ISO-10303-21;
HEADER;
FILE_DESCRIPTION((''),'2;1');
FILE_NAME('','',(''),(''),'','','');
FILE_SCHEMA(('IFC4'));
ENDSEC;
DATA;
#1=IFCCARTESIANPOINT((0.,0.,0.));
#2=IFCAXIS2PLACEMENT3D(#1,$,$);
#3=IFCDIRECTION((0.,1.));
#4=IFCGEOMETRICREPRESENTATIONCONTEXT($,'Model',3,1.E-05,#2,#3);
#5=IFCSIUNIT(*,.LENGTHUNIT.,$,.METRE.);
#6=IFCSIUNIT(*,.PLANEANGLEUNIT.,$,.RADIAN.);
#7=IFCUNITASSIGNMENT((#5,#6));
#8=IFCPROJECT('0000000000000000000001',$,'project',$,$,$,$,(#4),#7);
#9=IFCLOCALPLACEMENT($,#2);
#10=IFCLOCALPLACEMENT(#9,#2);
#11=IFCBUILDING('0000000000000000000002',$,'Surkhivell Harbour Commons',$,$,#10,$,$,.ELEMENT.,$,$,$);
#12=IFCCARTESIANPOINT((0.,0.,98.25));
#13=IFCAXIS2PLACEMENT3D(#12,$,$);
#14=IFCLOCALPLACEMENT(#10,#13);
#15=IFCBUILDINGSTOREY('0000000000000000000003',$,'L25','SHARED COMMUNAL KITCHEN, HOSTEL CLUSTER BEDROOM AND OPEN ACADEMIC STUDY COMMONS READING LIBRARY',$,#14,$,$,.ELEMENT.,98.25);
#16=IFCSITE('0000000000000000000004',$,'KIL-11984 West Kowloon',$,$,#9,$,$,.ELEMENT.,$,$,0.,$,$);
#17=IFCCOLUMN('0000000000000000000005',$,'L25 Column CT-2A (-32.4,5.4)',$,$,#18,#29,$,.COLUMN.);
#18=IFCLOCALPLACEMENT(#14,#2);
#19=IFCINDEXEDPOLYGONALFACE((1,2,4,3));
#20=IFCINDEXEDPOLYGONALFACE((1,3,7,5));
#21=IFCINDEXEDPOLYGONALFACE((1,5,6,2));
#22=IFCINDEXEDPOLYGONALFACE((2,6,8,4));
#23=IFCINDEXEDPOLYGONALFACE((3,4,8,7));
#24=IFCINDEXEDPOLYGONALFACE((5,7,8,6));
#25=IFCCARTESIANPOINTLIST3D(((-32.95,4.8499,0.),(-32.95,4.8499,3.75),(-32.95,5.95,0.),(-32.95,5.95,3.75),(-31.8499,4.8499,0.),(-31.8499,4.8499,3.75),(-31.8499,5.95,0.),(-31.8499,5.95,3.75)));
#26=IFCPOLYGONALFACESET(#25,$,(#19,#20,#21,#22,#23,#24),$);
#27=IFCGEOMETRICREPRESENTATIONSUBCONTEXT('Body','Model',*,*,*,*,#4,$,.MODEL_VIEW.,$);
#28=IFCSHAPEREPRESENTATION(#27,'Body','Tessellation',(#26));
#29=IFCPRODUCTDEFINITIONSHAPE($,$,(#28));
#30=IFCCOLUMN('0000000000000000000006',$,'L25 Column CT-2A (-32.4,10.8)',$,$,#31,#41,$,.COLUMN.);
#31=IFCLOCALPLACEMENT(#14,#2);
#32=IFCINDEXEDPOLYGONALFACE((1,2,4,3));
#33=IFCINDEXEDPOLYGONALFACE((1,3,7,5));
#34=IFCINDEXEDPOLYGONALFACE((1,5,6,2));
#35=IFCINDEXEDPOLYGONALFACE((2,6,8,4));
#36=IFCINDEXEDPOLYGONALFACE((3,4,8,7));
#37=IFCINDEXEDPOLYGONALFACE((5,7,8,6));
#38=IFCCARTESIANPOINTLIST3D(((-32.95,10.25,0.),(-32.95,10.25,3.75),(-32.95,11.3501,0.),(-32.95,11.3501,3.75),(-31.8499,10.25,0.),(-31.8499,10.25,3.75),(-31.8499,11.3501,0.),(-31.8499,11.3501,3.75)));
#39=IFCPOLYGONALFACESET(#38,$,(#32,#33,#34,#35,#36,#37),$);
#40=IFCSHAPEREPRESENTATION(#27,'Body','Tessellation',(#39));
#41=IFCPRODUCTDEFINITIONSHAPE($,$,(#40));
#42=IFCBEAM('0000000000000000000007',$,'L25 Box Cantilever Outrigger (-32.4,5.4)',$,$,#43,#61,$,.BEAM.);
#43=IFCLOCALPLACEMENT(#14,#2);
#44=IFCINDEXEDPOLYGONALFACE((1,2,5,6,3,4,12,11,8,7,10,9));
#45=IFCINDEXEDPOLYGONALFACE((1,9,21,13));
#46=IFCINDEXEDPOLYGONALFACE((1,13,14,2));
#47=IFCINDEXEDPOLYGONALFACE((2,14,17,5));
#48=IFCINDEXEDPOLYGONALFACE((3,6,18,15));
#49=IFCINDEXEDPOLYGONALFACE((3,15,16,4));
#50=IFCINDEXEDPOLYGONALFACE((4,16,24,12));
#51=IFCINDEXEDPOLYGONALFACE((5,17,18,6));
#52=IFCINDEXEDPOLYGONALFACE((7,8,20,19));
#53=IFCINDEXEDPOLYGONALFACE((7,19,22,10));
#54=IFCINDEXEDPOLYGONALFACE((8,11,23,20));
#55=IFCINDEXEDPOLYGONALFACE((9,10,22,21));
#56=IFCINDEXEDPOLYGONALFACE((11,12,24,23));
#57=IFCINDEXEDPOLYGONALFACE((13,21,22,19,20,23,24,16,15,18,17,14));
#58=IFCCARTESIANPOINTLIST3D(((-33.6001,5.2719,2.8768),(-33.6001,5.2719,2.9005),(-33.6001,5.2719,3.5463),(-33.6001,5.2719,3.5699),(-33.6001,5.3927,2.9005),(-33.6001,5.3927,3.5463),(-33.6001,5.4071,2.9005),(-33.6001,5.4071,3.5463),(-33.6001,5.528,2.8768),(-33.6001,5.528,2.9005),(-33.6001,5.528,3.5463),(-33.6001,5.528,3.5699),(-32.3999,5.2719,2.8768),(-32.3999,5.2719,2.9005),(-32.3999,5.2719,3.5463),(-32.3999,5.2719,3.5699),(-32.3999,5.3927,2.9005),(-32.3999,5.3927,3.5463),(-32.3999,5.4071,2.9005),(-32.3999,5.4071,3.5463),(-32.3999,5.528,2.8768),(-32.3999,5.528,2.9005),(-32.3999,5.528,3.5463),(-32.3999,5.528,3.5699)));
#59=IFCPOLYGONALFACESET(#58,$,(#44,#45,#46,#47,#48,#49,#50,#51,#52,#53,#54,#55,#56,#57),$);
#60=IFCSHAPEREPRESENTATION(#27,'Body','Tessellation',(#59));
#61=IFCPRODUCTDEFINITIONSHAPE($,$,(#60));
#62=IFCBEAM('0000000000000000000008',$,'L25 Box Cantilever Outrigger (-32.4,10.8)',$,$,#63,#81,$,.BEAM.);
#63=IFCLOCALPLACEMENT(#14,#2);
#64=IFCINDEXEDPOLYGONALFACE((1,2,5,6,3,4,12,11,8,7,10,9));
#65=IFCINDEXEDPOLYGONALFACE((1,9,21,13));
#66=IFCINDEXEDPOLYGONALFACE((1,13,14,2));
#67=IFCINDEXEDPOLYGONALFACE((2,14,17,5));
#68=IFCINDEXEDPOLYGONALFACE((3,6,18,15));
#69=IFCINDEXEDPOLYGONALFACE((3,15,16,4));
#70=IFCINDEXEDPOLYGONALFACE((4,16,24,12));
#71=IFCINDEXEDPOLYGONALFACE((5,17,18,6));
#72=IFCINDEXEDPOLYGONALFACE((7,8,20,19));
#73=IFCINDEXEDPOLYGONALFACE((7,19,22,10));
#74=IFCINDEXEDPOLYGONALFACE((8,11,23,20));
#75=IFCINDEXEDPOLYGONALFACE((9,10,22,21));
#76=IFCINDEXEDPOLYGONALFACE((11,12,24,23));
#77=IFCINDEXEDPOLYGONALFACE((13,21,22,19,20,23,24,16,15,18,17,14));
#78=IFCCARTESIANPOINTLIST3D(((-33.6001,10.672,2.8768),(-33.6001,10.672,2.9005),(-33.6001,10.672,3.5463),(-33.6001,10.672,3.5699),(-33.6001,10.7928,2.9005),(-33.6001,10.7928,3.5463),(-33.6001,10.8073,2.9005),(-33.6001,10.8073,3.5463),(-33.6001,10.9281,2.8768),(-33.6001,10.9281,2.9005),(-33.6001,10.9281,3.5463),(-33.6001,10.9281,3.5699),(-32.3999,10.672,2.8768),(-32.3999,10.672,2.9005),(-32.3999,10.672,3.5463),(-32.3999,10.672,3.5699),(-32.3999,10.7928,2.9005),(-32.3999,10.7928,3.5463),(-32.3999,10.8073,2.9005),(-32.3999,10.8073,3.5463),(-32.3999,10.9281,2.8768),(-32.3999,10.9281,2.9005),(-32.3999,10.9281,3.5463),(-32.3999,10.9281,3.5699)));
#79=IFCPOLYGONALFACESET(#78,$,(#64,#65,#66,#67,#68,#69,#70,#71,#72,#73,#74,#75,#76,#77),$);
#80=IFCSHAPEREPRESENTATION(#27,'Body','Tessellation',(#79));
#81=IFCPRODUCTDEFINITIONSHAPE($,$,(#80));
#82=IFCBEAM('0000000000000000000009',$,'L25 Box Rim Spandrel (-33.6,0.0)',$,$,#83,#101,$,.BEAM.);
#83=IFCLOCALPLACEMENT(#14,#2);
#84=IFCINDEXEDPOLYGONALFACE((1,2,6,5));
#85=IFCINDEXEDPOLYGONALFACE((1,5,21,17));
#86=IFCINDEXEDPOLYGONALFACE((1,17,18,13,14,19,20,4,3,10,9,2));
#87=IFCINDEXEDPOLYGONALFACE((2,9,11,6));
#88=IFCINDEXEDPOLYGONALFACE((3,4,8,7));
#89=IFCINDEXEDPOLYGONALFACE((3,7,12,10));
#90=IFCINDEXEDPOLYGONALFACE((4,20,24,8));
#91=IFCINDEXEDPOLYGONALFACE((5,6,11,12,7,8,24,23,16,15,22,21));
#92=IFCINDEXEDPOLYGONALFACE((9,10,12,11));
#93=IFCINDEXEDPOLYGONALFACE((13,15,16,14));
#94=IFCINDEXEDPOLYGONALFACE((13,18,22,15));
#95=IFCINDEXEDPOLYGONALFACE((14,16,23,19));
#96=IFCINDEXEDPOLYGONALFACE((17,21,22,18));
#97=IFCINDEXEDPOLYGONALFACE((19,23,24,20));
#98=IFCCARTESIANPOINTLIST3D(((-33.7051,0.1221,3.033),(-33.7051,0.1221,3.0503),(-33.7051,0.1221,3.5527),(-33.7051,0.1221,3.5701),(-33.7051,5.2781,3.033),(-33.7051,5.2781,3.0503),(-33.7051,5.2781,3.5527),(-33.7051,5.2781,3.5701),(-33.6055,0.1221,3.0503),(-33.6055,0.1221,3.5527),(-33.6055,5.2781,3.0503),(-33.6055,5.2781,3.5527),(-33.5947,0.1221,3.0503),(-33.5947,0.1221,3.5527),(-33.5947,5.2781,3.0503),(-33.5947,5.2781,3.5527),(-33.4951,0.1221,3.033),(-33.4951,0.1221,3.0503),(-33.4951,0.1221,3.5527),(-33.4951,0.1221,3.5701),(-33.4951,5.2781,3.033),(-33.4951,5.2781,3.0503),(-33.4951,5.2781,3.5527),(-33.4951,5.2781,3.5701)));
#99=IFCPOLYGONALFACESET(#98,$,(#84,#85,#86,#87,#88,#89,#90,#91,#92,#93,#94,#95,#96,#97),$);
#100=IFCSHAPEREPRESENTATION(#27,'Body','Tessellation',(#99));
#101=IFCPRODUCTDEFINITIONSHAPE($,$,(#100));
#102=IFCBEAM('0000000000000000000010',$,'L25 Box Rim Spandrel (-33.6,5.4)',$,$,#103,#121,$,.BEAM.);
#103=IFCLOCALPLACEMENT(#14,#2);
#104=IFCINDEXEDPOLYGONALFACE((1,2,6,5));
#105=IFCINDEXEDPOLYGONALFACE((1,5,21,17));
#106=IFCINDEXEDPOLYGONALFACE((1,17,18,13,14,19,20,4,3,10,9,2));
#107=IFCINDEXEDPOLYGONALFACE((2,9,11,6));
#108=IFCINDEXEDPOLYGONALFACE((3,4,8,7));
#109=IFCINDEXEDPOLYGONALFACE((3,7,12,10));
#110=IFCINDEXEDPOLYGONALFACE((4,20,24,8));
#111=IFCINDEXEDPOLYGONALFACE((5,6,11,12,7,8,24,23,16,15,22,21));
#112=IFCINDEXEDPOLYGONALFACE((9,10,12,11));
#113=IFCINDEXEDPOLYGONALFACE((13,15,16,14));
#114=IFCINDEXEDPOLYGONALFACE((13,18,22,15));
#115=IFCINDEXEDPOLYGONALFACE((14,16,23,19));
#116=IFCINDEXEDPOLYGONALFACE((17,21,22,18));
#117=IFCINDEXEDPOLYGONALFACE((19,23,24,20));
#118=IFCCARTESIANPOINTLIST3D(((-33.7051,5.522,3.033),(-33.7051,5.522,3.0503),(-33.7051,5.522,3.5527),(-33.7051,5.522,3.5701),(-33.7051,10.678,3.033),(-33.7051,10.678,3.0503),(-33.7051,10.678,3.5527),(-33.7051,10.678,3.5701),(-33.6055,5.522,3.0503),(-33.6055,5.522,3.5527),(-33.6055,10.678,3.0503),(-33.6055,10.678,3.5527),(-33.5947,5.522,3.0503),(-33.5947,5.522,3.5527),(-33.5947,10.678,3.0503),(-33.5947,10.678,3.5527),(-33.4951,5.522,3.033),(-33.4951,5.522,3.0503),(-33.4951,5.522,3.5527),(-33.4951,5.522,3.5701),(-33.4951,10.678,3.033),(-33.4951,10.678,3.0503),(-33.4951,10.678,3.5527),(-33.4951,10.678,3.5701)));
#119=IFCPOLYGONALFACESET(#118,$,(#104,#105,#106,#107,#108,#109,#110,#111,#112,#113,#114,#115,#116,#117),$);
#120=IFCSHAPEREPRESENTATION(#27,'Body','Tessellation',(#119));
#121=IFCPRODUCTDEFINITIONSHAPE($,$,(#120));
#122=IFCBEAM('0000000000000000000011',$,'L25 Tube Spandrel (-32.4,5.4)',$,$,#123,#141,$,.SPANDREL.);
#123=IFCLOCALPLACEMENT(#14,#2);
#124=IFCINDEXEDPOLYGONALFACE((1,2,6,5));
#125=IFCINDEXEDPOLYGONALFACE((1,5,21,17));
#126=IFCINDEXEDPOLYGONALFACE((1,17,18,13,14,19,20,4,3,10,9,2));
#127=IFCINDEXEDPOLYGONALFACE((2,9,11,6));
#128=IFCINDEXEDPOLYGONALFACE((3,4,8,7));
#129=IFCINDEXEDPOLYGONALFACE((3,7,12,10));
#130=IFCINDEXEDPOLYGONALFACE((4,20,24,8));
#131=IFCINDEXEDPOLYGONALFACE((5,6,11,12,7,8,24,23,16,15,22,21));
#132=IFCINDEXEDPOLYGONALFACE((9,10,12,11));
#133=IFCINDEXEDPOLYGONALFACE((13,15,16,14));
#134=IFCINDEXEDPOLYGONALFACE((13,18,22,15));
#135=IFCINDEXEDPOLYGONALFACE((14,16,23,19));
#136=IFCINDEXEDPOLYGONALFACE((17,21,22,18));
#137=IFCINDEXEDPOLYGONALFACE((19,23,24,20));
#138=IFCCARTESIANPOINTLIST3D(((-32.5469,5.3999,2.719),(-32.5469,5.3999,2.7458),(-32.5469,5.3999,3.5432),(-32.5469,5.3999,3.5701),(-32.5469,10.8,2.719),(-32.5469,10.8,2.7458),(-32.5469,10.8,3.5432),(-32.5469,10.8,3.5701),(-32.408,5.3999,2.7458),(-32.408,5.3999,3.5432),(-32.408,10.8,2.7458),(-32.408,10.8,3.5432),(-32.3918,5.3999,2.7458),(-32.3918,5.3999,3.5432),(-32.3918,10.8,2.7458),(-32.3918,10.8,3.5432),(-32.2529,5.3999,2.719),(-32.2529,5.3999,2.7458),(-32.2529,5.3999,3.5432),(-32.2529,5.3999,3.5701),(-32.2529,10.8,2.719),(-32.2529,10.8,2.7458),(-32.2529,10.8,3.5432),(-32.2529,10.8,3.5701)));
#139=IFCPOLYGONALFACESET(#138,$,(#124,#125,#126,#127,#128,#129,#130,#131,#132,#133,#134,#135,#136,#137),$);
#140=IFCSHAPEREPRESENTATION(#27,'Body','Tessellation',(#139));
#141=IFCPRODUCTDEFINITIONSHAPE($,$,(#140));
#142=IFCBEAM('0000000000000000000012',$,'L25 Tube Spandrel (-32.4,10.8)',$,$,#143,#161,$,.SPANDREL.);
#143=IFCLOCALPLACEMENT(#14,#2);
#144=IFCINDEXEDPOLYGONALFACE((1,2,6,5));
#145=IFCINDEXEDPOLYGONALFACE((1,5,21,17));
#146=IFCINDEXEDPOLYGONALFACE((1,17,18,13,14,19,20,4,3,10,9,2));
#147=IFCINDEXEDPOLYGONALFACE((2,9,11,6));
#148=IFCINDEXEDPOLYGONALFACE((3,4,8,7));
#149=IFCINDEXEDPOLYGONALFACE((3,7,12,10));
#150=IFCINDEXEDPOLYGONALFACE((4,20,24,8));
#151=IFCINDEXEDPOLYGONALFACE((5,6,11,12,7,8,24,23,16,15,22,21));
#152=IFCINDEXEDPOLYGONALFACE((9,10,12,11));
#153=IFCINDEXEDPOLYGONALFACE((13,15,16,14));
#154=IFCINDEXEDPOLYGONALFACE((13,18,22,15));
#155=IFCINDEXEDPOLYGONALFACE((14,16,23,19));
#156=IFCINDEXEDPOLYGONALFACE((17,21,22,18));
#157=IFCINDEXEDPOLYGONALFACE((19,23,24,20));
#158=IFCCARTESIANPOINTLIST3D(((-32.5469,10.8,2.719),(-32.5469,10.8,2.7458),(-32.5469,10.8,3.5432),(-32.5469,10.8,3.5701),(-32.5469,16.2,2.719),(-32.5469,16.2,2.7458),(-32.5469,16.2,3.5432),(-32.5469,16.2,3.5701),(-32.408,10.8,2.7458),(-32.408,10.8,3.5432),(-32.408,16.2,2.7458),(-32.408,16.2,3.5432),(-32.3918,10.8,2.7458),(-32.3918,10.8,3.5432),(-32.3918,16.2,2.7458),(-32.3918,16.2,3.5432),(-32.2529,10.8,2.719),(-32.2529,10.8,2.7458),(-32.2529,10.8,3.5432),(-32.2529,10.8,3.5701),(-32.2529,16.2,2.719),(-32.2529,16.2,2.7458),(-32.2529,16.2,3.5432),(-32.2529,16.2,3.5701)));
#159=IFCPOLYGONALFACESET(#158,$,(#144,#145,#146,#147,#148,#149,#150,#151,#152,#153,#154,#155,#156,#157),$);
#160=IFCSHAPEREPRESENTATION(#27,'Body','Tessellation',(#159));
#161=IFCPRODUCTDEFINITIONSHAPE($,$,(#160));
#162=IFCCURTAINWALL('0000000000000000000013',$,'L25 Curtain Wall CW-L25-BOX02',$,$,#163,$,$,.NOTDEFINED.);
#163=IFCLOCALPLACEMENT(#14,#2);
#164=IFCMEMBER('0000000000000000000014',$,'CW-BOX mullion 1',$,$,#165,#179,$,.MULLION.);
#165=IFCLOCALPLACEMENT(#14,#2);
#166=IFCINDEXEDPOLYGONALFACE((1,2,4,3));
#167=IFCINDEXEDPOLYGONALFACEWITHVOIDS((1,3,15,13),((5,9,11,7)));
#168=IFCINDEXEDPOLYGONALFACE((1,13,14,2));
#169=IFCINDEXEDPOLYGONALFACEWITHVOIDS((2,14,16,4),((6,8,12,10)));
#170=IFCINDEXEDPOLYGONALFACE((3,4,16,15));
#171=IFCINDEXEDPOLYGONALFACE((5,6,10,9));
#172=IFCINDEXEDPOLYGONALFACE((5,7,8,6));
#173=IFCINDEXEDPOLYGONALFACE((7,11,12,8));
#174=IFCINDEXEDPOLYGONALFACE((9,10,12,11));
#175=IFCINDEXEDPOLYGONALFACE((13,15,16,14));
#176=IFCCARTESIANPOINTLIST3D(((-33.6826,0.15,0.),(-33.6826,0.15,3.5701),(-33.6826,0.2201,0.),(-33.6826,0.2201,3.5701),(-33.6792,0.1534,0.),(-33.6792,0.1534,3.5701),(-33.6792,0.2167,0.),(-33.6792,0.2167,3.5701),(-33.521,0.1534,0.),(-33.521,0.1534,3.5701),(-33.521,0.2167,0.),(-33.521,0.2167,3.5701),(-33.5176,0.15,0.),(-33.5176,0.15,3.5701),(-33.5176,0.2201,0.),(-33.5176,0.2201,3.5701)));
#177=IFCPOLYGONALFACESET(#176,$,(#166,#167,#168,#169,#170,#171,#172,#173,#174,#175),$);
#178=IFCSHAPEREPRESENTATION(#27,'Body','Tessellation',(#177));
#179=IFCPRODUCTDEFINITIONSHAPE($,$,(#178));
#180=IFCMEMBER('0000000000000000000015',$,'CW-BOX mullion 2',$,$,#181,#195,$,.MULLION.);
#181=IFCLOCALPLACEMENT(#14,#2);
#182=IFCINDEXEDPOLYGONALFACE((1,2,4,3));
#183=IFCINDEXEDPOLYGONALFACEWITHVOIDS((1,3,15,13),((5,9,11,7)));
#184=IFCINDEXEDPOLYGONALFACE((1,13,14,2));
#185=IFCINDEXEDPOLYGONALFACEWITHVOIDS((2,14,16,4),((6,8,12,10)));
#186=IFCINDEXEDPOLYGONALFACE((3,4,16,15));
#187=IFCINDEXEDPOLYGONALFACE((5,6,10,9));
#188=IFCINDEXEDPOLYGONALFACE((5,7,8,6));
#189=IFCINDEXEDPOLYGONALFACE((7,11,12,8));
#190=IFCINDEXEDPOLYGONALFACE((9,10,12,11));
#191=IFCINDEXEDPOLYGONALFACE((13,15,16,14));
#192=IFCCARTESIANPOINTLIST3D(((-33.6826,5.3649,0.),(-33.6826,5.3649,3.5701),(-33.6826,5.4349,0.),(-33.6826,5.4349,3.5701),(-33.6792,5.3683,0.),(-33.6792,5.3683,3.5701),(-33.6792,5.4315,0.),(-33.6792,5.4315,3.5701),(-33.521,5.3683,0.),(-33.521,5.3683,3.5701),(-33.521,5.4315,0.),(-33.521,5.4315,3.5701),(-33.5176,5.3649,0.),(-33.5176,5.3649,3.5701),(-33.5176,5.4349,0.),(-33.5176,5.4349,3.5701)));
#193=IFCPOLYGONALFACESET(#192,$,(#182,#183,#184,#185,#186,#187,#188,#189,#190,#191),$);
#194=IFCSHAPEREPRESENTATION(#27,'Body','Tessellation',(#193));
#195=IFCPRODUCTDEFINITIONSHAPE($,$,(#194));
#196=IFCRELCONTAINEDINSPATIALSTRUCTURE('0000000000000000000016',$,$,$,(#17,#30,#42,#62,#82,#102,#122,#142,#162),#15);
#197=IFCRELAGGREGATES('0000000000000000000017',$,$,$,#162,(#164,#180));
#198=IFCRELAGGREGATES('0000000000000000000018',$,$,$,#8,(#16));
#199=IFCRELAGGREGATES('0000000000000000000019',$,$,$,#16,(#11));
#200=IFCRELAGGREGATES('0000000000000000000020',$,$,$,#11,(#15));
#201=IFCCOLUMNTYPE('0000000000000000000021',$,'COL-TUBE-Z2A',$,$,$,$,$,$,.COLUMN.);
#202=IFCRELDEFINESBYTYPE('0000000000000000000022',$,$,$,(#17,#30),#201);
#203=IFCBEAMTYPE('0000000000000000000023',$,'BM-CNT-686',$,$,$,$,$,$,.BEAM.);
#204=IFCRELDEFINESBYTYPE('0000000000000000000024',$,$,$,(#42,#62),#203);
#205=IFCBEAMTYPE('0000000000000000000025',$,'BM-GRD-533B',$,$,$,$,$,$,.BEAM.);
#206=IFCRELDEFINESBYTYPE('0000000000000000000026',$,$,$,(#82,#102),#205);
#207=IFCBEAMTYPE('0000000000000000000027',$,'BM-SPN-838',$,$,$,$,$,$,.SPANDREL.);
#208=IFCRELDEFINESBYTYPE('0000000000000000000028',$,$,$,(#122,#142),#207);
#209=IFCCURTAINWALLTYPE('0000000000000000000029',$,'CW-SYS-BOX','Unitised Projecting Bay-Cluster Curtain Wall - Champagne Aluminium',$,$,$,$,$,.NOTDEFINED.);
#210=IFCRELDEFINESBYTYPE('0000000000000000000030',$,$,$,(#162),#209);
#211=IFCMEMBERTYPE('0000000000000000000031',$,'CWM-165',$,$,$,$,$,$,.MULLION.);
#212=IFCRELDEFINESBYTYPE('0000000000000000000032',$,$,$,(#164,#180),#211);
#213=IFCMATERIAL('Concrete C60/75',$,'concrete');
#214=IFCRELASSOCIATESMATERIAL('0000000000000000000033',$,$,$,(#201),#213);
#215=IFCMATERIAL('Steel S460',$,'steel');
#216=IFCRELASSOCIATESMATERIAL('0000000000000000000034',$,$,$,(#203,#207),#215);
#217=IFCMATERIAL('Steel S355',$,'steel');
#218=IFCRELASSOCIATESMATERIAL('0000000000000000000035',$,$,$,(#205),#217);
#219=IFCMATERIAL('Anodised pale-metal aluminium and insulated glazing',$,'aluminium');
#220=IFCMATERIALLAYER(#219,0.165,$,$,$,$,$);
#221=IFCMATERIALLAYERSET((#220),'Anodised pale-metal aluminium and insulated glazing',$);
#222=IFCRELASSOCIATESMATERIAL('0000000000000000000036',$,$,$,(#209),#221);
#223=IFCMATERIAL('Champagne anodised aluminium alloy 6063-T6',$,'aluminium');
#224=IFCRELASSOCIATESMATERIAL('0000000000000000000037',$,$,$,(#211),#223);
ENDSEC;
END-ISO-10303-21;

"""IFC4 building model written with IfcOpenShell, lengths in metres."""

from ifc_helpers import new_model, si_unit, direction, frame, origin, origin_2d, place, context, subcontext, project, spatial, rectangle, hollow_rectangle, i_section, extrude, material, layer, layer_set, material_profile, profile_set, type_object, element, aggregate, save


model = new_model("IFC4")

# Units and contexts
model_context = context("Model", 3, precision=1e-05, world=origin(), true_north=direction((0.0, 1.0)))
body_context = subcontext(model_context, "Body", "Model", "MODEL_VIEW")
ifc_project = project(units=[si_unit("LENGTHUNIT", "METRE"), si_unit("PLANEANGLEUNIT", "RADIAN")], contexts=[model_context])

# Site, building, storey
site_placement = place(None, origin())
site = spatial("IfcSite", under=ifc_project, at=site_placement, Name="KIL-11984 West Kowloon", CompositionType="ELEMENT", RefElevation=0.0)
building_placement = place(site_placement, origin())
building = spatial("IfcBuilding", under=site, at=building_placement, Name="Surkhivell Harbour Commons", CompositionType="ELEMENT")
storey_placement = place(building_placement, frame((0.0, 0.0, 98.25)))
storey = spatial("IfcBuildingStorey", under=building, at=storey_placement, Name="L25", Description="SHARED COMMUNAL KITCHEN, HOSTEL CLUSTER BEDROOM AND OPEN ACADEMIC STUDY COMMONS READING LIBRARY", CompositionType="ELEMENT", Elevation=98.25)

# Columns
ifc_material_1 = material(Name="Concrete C60/75", Category="concrete")
ifc_material_profile_1 = material_profile(ifc_material_1, rectangle(XDim=1.1001, YDim=1.1001, at=origin_2d()), Name="RC-COL-1100x1100")
ifc_profile_set_1 = profile_set([ifc_material_profile_1], Name="Concrete C60/75")
column_type = type_object("IfcColumnType", Name="COL-TUBE-Z2A", PredefinedType="COLUMN", material=ifc_profile_set_1)
for number, where, z_axis, x_axis, name in (
    (1, (-32.3999, 5.3999, 0.0), (0.0, 0.0, 1.0), (1.0, 0.0, 0.0), "L25 Column CT-2A (-32.4,5.4)"),
    (2, (-32.3999, 10.8, 0.0), (0.0, 0.0, 1.0), (1.0, 0.0, 0.0), "L25 Column CT-2A (-32.4,10.8)"),
):
    element("IfcColumn", number, at=place(storey_placement, frame(where, z_axis=z_axis, x_axis=x_axis)), inside=storey, type_object=column_type, Name=name, PredefinedType="COLUMN", context=body_context, shape_type="SweptSolid", body=[
        extrude(rectangle(XDim=1.1001, YDim=1.1001, at=origin_2d()), origin(), (0.0, 0.0, 1.0), 3.75),
    ])

# Beams
ifc_material_2 = material(Name="Steel S460", Category="steel")
ifc_material_profile_2 = material_profile(ifc_material_2, i_section(OverallWidth=0.2561, OverallDepth=0.6931, WebThickness=0.0144, FlangeThickness=0.0237, at=origin_2d()), Name="UB686x254x170")
ifc_profile_set_2 = profile_set([ifc_material_profile_2], Name="Steel S460")
beam_type_1 = type_object("IfcBeamType", Name="BM-CNT-686", PredefinedType="BEAM", material=ifc_profile_set_2)
for number, where, z_axis, x_axis, name in (
    (3, (-32.3999, 5.3999, 3.2234), (-1.0, 0.0, 0.0), (0.0, -1.0, 0.0), "L25 Box Cantilever Outrigger (-32.4,5.4)"),
    (4, (-32.3999, 10.8, 3.2234), (-1.0, 0.0, 0.0), (0.0, -1.0, 0.0), "L25 Box Cantilever Outrigger (-32.4,10.8)"),
):
    element("IfcBeam", number, at=place(storey_placement, frame(where, z_axis=z_axis, x_axis=x_axis)), inside=storey, type_object=beam_type_1, Name=name, PredefinedType="BEAM", context=body_context, shape_type="SweptSolid", body=[
        extrude(i_section(OverallWidth=0.2561, OverallDepth=0.6931, WebThickness=0.0144, FlangeThickness=0.0237, at=origin_2d()), origin(), (0.0, 0.0, 1.0), 1.2002),
    ])
ifc_material_3 = material(Name="Steel S355", Category="steel")
ifc_material_profile_3 = material_profile(ifc_material_3, i_section(OverallWidth=0.21, OverallDepth=0.5371, WebThickness=0.0107, FlangeThickness=0.0173, at=origin_2d()), Name="UB533x210x101")
ifc_profile_set_3 = profile_set([ifc_material_profile_3], Name="Steel S355")
beam_type_2 = type_object("IfcBeamType", Name="BM-GRD-533B", PredefinedType="BEAM", material=ifc_profile_set_3)
for number, where, z_axis, x_axis, name in (
    (5, (-33.6001, 0.1221, 3.3015), (0.0, 1.0, 0.0), (-1.0, 0.0, 0.0), "L25 Box Rim Spandrel (-33.6,0.0)"),
    (6, (-33.6001, 5.522, 3.3015), (0.0, 1.0, 0.0), (-1.0, 0.0, 0.0), "L25 Box Rim Spandrel (-33.6,5.4)"),
):
    element("IfcBeam", number, at=place(storey_placement, frame(where, z_axis=z_axis, x_axis=x_axis)), inside=storey, type_object=beam_type_2, Name=name, PredefinedType="BEAM", context=body_context, shape_type="SweptSolid", body=[
        extrude(i_section(OverallWidth=0.21, OverallDepth=0.5371, WebThickness=0.0107, FlangeThickness=0.0173, at=origin_2d()), origin(), (0.0, 0.0, 1.0), 5.156),
    ])
ifc_material_profile_4 = material_profile(ifc_material_2, i_section(OverallWidth=0.2939, OverallDepth=0.8511, WebThickness=0.0161, FlangeThickness=0.0269, at=origin_2d()), Name="UB838x292x226")
ifc_profile_set_4 = profile_set([ifc_material_profile_4], Name="Steel S460")
beam_type_3 = type_object("IfcBeamType", Name="BM-SPN-838", PredefinedType="SPANDREL", material=ifc_profile_set_4)
beam_1_placement = place(storey_placement, frame((-32.3999, 5.3999, 3.1445), z_axis=(0.0, 1.0, 0.0), x_axis=(-1.0, 0.0, 0.0)))
element("IfcBeam", 7, at=beam_1_placement, inside=storey, type_object=beam_type_3, Name="L25 Tube Spandrel (-32.4,5.4)", PredefinedType="SPANDREL", context=body_context, shape_type="SweptSolid", body=[
    extrude(i_section(OverallWidth=0.2939, OverallDepth=0.8511, WebThickness=0.0161, FlangeThickness=0.0269, at=origin_2d()), origin(), (0.0, 0.0, 1.0), 5.4001),
])
beam_2_placement = place(storey_placement, frame((-32.3999, 10.8, 3.1445), z_axis=(0.0, 1.0, 0.0), x_axis=(-1.0, 0.0, 0.0)))
element("IfcBeam", 8, at=beam_2_placement, inside=storey, type_object=beam_type_3, Name="L25 Tube Spandrel (-32.4,10.8)", PredefinedType="SPANDREL", context=body_context, shape_type="SweptSolid", body=[
    extrude(i_section(OverallWidth=0.2939, OverallDepth=0.8511, WebThickness=0.0161, FlangeThickness=0.0269, at=origin_2d()), origin(), (0.0, 0.0, 1.0), 5.3999),
])

# Curtain wall, members
ifc_material_4 = material(Name="Anodised pale-metal aluminium and insulated glazing", Category="aluminium")
ifc_layer_1 = layer(ifc_material_4, 0.165)
ifc_layer_set_1 = layer_set([ifc_layer_1], Name="Anodised pale-metal aluminium and insulated glazing")
curtain_wall_type_1 = type_object("IfcCurtainWallType", Name="CW-SYS-BOX", Description="Unitised Projecting Bay-Cluster Curtain Wall - Champagne Aluminium", PredefinedType="NOTDEFINED", material=ifc_layer_set_1)
curtain_wall_1_placement = place(storey_placement, origin())
curtain_wall_1 = element("IfcCurtainWall", 9, at=curtain_wall_1_placement, inside=storey, type_object=curtain_wall_type_1, Name="L25 Curtain Wall CW-L25-BOX02", PredefinedType="NOTDEFINED")
ifc_material_5 = material(Name="Champagne anodised aluminium alloy 6063-T6", Category="aluminium")
ifc_material_profile_5 = material_profile(ifc_material_5, hollow_rectangle(XDim=0.0701, YDim=0.165, WallThickness=0.0034, at=origin_2d()), Name="ALU-MULL-70x165")
ifc_profile_set_5 = profile_set([ifc_material_profile_5], Name="Champagne anodised aluminium alloy 6063-T6")
member_type_1 = type_object("IfcMemberType", Name="CWM-165", PredefinedType="MULLION", material=ifc_profile_set_5)
member_1_placement = place(storey_placement, frame((-33.6001, 0.1851, 0.0), z_axis=(0.0, 0.0, 1.0), x_axis=(0.0, 1.0, 0.0)))
member_1 = element("IfcMember", 10, at=member_1_placement, type_object=member_type_1, Name="CW-BOX mullion 1", PredefinedType="MULLION", context=body_context, shape_type="SweptSolid", body=[
    extrude(hollow_rectangle(XDim=0.0701, YDim=0.165, WallThickness=0.0034, at=origin_2d()), origin(), (0.0, 0.0, 1.0), 3.5701),
])
member_2_placement = place(storey_placement, frame((-33.6001, 5.3999, 0.0), z_axis=(0.0, 0.0, 1.0), x_axis=(0.0, 1.0, 0.0)))
member_2 = element("IfcMember", 11, at=member_2_placement, type_object=member_type_1, Name="CW-BOX mullion 2", PredefinedType="MULLION", context=body_context, shape_type="SweptSolid", body=[
    extrude(hollow_rectangle(XDim=0.0701, YDim=0.165, WallThickness=0.0034, at=origin_2d()), origin(), (0.0, 0.0, 1.0), 3.5701),
])

aggregate(curtain_wall_1, [member_1, member_2])

save(model, "model.ifc")
